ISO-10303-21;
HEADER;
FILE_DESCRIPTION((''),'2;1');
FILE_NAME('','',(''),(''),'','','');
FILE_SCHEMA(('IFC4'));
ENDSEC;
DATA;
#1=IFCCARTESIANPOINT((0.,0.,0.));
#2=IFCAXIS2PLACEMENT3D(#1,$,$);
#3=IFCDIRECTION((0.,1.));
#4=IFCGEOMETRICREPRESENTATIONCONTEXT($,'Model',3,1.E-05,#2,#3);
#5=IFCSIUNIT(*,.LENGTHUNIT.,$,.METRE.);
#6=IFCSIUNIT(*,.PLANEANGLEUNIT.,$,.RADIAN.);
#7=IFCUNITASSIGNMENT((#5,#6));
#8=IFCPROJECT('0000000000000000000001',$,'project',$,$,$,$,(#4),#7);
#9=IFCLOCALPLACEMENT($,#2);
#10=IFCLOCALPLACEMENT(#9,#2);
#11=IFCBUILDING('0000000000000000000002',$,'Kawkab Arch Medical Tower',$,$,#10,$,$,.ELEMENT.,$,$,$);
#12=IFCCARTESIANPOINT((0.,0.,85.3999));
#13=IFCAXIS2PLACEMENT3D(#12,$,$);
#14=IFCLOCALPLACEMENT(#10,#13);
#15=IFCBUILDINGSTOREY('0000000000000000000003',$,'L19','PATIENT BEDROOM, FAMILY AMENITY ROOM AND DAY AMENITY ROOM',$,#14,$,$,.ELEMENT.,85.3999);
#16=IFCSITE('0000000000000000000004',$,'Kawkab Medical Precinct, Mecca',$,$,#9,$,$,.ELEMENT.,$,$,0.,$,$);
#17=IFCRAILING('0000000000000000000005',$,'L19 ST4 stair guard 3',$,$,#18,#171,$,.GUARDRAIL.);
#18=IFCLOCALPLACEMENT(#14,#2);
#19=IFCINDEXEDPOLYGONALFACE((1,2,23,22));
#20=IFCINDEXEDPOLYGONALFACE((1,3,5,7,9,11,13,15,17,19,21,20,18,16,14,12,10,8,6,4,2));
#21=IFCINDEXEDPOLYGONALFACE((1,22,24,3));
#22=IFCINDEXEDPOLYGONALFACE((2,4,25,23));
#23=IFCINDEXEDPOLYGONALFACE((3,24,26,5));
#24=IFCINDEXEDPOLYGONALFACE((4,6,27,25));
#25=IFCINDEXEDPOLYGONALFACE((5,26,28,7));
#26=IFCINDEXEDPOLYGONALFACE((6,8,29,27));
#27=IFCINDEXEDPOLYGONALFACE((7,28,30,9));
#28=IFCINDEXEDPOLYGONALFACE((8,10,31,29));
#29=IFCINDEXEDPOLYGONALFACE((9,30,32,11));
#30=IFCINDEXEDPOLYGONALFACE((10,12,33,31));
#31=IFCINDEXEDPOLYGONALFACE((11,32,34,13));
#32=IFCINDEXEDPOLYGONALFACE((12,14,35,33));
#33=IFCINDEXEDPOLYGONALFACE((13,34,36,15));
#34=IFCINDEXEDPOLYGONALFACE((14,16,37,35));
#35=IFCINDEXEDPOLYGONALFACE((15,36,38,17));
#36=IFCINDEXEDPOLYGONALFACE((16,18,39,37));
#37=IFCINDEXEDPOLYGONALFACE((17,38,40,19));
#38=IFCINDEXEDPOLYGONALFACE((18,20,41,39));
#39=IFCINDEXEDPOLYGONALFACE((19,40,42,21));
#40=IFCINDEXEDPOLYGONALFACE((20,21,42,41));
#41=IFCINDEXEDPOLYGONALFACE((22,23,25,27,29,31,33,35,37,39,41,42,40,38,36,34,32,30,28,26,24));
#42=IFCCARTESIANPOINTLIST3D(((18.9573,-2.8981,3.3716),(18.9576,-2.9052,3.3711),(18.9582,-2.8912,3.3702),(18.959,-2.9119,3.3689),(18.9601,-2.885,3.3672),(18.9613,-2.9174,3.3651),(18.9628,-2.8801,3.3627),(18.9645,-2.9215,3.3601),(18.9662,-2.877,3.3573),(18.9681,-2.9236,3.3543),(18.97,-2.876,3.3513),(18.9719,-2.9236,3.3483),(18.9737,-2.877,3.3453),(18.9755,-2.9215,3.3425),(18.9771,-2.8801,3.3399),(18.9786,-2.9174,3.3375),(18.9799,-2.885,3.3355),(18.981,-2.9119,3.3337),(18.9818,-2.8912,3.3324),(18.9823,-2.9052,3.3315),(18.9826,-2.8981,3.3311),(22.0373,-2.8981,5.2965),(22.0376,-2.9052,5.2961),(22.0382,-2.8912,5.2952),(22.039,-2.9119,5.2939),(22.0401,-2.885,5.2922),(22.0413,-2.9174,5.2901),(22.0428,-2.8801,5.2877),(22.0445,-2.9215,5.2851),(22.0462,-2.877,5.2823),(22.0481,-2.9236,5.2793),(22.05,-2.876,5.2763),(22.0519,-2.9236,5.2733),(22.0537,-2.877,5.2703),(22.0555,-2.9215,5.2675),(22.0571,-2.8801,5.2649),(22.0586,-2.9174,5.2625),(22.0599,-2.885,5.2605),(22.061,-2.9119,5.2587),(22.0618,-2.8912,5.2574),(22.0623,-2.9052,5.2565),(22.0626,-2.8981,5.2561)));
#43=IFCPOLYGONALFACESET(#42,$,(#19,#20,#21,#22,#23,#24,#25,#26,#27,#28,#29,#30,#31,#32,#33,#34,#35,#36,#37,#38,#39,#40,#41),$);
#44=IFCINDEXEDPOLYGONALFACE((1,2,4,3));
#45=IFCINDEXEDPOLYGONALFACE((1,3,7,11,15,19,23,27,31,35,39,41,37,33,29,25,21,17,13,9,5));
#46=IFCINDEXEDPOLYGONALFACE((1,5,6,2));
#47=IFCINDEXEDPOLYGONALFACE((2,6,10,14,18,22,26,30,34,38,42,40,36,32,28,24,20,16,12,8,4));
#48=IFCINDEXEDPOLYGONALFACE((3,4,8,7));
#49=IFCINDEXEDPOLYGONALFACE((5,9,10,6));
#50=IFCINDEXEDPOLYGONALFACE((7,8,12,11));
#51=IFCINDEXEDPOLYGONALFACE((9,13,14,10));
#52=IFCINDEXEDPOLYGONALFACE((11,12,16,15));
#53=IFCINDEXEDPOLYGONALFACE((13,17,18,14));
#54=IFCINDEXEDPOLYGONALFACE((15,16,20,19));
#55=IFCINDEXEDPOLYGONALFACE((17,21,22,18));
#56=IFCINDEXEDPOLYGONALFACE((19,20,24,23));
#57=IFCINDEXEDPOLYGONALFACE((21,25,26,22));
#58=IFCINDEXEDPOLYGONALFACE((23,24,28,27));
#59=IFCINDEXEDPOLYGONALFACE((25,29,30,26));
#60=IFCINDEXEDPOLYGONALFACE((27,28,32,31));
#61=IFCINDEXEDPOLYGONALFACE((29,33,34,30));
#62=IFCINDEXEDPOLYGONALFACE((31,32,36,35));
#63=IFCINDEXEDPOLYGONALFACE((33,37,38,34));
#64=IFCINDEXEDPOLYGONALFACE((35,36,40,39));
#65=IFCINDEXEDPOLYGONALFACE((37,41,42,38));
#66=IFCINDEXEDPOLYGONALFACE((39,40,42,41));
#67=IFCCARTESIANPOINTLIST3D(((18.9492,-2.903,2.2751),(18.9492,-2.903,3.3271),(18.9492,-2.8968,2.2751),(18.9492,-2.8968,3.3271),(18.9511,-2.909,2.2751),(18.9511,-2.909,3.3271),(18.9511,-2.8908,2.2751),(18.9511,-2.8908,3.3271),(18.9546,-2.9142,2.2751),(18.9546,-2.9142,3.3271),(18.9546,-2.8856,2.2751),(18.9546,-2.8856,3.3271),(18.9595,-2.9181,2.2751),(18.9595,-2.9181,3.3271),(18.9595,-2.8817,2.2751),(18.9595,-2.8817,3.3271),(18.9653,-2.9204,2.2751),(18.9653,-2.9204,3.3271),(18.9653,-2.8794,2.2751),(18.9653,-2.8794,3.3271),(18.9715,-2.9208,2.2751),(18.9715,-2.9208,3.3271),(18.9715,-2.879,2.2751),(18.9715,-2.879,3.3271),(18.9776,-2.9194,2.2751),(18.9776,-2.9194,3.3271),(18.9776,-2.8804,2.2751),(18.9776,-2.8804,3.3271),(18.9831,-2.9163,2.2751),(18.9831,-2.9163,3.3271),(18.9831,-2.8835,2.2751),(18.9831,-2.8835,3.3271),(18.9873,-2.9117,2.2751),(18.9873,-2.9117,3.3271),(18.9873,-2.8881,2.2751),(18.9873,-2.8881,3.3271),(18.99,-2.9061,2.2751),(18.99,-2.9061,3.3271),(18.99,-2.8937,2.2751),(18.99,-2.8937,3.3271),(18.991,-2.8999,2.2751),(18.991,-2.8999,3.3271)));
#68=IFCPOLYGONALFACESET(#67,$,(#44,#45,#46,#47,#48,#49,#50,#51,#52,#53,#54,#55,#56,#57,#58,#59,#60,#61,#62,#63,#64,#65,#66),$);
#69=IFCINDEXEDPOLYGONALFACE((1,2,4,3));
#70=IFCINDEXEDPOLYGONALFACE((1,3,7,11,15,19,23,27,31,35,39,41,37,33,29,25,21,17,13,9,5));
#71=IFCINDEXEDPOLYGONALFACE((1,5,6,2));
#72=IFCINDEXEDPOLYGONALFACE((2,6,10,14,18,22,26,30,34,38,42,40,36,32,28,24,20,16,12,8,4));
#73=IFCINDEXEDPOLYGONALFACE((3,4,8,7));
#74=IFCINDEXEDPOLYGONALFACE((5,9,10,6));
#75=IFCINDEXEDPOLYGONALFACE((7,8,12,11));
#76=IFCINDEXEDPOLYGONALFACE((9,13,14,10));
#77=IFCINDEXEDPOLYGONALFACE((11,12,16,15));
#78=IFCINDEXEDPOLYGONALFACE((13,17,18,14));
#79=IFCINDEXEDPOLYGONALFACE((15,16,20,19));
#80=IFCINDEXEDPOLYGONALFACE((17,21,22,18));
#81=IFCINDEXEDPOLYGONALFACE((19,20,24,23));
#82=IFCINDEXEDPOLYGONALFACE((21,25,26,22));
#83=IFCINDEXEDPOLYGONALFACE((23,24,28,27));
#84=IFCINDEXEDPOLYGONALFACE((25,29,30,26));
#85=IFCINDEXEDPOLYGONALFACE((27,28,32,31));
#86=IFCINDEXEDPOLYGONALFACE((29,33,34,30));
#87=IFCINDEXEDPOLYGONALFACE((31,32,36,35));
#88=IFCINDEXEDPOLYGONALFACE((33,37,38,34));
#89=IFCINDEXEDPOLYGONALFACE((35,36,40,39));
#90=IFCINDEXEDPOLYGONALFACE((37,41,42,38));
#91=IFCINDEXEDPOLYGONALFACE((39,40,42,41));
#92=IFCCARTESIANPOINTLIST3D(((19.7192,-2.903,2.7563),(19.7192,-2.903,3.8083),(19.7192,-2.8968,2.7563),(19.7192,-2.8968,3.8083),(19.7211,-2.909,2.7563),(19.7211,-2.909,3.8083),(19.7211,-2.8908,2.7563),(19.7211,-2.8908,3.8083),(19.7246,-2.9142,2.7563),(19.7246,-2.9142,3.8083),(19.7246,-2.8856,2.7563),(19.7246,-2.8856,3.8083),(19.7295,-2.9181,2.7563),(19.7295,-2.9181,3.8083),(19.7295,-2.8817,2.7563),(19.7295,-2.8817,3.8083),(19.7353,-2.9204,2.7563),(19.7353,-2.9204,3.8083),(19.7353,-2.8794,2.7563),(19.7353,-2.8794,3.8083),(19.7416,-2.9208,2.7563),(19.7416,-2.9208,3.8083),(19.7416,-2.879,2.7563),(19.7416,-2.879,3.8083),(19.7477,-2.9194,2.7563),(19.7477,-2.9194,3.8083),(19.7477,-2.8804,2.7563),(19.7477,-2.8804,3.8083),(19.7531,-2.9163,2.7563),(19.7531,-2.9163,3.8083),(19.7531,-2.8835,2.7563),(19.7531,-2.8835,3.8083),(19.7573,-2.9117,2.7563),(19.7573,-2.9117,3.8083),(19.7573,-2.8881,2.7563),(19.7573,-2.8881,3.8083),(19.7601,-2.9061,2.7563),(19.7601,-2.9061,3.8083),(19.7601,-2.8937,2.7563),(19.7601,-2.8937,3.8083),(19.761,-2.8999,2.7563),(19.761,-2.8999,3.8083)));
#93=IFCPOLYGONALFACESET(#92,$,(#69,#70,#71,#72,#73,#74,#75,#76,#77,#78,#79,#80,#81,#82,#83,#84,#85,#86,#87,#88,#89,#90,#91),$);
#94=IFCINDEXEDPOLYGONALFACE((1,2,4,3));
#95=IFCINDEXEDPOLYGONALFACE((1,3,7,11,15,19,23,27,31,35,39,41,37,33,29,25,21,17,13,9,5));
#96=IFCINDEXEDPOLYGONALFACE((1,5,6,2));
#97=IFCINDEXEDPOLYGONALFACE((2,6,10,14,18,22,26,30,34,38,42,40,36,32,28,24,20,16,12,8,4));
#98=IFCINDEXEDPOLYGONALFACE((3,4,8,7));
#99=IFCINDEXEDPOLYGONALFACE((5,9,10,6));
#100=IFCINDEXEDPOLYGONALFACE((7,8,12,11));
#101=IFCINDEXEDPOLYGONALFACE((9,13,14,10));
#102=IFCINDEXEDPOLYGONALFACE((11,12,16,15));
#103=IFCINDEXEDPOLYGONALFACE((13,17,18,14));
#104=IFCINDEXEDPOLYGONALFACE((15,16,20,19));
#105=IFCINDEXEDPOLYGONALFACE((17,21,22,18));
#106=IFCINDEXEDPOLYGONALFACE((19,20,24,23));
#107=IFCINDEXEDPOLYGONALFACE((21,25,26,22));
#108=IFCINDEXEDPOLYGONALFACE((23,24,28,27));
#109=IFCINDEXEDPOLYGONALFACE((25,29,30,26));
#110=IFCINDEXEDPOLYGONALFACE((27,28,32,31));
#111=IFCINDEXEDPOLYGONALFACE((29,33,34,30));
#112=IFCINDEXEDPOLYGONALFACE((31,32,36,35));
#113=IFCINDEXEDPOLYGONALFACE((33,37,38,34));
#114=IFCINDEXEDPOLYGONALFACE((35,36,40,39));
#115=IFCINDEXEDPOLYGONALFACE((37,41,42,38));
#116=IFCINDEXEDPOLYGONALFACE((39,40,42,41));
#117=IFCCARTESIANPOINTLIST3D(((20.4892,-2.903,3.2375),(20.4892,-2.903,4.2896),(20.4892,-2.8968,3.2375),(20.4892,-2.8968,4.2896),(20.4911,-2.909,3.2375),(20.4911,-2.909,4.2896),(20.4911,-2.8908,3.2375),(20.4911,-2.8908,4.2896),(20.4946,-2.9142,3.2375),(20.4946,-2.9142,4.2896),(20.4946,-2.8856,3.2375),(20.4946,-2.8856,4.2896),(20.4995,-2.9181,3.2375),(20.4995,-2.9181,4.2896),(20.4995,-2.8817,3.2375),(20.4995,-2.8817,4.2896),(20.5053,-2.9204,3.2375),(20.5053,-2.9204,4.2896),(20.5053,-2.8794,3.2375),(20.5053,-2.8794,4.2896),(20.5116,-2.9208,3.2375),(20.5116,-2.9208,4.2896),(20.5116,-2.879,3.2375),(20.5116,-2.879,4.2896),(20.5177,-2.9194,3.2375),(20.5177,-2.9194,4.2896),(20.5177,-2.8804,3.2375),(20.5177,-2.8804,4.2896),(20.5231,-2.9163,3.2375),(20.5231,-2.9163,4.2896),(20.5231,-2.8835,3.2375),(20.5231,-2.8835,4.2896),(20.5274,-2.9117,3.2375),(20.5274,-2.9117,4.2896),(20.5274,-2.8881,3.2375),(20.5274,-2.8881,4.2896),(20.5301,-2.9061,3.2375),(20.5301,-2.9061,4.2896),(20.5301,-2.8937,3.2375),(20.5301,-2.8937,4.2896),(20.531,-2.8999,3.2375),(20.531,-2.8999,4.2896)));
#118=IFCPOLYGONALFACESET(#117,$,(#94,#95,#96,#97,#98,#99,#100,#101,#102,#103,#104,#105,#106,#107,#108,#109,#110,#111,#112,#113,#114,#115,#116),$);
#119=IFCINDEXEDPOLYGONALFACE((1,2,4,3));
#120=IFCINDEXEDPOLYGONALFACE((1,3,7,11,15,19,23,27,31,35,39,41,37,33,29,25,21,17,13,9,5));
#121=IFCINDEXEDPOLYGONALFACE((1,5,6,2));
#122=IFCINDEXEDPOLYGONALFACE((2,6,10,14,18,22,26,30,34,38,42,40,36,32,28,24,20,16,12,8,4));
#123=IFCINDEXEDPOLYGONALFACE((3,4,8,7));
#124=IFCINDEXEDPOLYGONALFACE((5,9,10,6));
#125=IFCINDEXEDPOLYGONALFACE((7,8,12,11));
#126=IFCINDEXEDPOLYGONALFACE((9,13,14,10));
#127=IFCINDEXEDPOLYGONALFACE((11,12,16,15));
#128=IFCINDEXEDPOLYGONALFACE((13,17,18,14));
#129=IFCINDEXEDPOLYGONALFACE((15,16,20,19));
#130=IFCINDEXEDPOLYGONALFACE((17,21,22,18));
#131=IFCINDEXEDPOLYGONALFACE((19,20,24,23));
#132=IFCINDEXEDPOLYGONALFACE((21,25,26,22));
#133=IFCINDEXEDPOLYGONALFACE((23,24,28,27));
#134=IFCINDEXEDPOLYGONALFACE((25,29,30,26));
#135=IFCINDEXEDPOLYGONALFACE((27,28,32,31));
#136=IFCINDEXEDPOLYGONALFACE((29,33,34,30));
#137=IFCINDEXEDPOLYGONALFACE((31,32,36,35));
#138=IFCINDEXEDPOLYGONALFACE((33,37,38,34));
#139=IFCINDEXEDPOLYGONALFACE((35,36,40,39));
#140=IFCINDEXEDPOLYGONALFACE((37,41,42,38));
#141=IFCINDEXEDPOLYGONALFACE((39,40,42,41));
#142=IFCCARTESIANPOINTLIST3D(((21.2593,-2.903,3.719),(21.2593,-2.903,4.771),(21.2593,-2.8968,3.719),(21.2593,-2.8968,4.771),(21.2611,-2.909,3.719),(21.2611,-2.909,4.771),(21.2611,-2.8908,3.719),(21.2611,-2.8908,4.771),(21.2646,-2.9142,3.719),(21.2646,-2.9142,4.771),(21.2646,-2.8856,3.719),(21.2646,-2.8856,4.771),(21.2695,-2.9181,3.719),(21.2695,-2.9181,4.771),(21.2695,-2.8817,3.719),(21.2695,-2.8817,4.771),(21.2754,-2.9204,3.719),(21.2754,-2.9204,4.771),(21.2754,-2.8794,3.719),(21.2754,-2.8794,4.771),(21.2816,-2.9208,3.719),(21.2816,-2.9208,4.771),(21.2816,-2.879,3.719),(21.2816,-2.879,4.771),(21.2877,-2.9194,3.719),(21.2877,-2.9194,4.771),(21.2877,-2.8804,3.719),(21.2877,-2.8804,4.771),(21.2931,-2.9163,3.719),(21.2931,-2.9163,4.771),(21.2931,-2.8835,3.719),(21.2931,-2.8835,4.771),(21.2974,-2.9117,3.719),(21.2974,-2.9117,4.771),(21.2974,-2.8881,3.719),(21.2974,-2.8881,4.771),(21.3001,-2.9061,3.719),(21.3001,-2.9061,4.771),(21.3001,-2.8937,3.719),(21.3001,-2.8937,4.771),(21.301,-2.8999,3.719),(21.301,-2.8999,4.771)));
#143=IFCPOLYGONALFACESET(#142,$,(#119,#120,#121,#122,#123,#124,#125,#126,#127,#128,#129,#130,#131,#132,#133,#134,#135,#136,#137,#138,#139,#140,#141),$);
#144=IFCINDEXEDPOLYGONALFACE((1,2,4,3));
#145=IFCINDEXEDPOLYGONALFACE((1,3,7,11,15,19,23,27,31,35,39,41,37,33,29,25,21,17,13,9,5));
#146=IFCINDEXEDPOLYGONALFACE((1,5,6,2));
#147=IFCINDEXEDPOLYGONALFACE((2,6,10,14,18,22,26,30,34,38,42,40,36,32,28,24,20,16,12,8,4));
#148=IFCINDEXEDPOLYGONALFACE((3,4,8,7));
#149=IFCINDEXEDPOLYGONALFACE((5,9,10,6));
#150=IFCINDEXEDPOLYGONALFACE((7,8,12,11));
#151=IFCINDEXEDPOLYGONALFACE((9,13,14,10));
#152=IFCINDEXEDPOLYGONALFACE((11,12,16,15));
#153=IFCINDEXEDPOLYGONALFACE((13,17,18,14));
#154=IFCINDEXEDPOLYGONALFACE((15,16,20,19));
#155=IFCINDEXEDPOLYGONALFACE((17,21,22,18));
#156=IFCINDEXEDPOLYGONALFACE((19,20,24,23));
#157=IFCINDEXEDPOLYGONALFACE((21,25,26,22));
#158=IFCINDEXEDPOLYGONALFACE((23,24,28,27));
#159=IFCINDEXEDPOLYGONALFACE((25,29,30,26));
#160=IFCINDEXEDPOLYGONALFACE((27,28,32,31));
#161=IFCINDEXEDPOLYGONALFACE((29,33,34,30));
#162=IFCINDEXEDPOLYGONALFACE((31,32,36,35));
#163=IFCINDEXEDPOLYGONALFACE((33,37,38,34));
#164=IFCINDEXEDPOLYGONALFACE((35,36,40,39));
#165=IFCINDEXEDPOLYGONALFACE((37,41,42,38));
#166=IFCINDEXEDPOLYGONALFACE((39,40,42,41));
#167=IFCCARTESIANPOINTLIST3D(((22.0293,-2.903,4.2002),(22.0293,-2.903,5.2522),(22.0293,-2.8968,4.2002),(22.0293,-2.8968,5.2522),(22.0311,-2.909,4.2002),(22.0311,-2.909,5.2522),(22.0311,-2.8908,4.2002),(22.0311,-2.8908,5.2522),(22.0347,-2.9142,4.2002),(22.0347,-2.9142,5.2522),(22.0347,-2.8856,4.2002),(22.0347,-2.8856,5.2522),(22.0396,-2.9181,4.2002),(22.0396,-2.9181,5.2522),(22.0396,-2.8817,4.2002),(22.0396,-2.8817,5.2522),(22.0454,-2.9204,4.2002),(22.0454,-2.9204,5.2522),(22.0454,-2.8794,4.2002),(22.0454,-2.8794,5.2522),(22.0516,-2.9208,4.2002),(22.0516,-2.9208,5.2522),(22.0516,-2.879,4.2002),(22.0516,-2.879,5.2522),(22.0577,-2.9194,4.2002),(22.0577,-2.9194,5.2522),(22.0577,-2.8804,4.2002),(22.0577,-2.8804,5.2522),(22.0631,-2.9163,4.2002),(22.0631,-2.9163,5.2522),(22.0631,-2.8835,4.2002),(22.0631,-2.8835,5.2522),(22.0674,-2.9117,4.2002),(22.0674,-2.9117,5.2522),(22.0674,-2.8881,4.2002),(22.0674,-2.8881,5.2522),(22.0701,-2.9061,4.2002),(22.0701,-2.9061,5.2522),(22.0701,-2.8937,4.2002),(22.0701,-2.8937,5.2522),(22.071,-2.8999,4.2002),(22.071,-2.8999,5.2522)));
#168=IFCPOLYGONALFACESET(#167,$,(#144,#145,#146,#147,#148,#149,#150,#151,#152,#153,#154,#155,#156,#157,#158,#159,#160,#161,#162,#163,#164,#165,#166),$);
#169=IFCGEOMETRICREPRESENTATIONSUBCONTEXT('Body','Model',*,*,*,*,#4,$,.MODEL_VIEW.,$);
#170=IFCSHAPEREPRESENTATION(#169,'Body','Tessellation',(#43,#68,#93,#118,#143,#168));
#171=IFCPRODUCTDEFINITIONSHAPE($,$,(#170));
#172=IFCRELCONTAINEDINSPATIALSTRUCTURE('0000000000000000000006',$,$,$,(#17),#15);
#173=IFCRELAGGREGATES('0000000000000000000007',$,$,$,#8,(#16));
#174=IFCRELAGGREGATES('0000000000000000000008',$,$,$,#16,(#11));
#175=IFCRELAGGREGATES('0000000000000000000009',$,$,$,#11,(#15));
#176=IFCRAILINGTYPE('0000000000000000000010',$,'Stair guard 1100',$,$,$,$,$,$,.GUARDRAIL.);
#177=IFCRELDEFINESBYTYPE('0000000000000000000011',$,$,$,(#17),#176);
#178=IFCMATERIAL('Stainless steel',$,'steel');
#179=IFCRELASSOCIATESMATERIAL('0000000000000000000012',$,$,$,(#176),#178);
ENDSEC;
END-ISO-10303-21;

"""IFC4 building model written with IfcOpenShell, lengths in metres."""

from ifc_helpers import new_model, si_unit, direction, frame, origin, origin_2d, place, context, subcontext, project, spatial, circle, extrude, material, type_object, element, save


model = new_model("IFC4")

# Units and contexts
model_context = context("Model", 3, precision=1e-05, world=origin(), true_north=direction((0.0, 1.0)))
body_context = subcontext(model_context, "Body", "Model", "MODEL_VIEW")
ifc_project = project(units=[si_unit("LENGTHUNIT", "METRE"), si_unit("PLANEANGLEUNIT", "RADIAN")], contexts=[model_context])

# Site, building, storey
site_placement = place(None, origin())
site = spatial("IfcSite", under=ifc_project, at=site_placement, Name="Kawkab Medical Precinct, Mecca", CompositionType="ELEMENT", RefElevation=0.0)
building_placement = place(site_placement, origin())
building = spatial("IfcBuilding", under=site, at=building_placement, Name="Kawkab Arch Medical Tower", CompositionType="ELEMENT")
storey_placement = place(building_placement, frame((0.0, 0.0, 85.3999)))
storey = spatial("IfcBuildingStorey", under=building, at=storey_placement, Name="L19", Description="PATIENT BEDROOM, FAMILY AMENITY ROOM AND DAY AMENITY ROOM", CompositionType="ELEMENT", Elevation=85.3999)

# Railing
ifc_material_1 = material(Name="Stainless steel", Category="steel")
railing_type_1 = type_object("IfcRailingType", Name="Stair guard 1100", PredefinedType="GUARDRAIL", material=ifc_material_1)
railing_1_placement = place(storey_placement, frame((18.97, -2.8999, 2.2751)))
element("IfcRailing", 1, at=railing_1_placement, inside=storey, type_object=railing_type_1, Name="L19 ST4 stair guard 3", PredefinedType="GUARDRAIL", context=body_context, shape_type="SweptSolid", body=[
    extrude(circle(Radius=0.0239, at=origin_2d()), frame((0.0, 0.0, 1.0762), z_axis=(0.847998, 0.0, 0.529999), x_axis=(0.0, 1.0, 0.0)), (0.0, 0.0, 1.0), 3.6321),
    extrude(circle(Radius=0.021, at=origin_2d()), origin(), (0.0, 0.0, 1.0), 1.052),
    extrude(circle(Radius=0.021, at=origin_2d()), frame((0.77, 0.0, 0.4812)), (0.0, 0.0, 1.0), 1.052),
    extrude(circle(Radius=0.021, at=origin_2d()), frame((1.54, 0.0, 0.9624)), (0.0, 0.0, 1.0), 1.052),
    extrude(circle(Radius=0.021, at=origin_2d()), frame((2.3101, 0.0, 1.4438)), (0.0, 0.0, 1.0), 1.052),
    extrude(circle(Radius=0.021, at=origin_2d()), frame((3.0801, 0.0, 1.925)), (0.0, 0.0, 1.0), 1.052),
])

save(model, "model.ifc")
